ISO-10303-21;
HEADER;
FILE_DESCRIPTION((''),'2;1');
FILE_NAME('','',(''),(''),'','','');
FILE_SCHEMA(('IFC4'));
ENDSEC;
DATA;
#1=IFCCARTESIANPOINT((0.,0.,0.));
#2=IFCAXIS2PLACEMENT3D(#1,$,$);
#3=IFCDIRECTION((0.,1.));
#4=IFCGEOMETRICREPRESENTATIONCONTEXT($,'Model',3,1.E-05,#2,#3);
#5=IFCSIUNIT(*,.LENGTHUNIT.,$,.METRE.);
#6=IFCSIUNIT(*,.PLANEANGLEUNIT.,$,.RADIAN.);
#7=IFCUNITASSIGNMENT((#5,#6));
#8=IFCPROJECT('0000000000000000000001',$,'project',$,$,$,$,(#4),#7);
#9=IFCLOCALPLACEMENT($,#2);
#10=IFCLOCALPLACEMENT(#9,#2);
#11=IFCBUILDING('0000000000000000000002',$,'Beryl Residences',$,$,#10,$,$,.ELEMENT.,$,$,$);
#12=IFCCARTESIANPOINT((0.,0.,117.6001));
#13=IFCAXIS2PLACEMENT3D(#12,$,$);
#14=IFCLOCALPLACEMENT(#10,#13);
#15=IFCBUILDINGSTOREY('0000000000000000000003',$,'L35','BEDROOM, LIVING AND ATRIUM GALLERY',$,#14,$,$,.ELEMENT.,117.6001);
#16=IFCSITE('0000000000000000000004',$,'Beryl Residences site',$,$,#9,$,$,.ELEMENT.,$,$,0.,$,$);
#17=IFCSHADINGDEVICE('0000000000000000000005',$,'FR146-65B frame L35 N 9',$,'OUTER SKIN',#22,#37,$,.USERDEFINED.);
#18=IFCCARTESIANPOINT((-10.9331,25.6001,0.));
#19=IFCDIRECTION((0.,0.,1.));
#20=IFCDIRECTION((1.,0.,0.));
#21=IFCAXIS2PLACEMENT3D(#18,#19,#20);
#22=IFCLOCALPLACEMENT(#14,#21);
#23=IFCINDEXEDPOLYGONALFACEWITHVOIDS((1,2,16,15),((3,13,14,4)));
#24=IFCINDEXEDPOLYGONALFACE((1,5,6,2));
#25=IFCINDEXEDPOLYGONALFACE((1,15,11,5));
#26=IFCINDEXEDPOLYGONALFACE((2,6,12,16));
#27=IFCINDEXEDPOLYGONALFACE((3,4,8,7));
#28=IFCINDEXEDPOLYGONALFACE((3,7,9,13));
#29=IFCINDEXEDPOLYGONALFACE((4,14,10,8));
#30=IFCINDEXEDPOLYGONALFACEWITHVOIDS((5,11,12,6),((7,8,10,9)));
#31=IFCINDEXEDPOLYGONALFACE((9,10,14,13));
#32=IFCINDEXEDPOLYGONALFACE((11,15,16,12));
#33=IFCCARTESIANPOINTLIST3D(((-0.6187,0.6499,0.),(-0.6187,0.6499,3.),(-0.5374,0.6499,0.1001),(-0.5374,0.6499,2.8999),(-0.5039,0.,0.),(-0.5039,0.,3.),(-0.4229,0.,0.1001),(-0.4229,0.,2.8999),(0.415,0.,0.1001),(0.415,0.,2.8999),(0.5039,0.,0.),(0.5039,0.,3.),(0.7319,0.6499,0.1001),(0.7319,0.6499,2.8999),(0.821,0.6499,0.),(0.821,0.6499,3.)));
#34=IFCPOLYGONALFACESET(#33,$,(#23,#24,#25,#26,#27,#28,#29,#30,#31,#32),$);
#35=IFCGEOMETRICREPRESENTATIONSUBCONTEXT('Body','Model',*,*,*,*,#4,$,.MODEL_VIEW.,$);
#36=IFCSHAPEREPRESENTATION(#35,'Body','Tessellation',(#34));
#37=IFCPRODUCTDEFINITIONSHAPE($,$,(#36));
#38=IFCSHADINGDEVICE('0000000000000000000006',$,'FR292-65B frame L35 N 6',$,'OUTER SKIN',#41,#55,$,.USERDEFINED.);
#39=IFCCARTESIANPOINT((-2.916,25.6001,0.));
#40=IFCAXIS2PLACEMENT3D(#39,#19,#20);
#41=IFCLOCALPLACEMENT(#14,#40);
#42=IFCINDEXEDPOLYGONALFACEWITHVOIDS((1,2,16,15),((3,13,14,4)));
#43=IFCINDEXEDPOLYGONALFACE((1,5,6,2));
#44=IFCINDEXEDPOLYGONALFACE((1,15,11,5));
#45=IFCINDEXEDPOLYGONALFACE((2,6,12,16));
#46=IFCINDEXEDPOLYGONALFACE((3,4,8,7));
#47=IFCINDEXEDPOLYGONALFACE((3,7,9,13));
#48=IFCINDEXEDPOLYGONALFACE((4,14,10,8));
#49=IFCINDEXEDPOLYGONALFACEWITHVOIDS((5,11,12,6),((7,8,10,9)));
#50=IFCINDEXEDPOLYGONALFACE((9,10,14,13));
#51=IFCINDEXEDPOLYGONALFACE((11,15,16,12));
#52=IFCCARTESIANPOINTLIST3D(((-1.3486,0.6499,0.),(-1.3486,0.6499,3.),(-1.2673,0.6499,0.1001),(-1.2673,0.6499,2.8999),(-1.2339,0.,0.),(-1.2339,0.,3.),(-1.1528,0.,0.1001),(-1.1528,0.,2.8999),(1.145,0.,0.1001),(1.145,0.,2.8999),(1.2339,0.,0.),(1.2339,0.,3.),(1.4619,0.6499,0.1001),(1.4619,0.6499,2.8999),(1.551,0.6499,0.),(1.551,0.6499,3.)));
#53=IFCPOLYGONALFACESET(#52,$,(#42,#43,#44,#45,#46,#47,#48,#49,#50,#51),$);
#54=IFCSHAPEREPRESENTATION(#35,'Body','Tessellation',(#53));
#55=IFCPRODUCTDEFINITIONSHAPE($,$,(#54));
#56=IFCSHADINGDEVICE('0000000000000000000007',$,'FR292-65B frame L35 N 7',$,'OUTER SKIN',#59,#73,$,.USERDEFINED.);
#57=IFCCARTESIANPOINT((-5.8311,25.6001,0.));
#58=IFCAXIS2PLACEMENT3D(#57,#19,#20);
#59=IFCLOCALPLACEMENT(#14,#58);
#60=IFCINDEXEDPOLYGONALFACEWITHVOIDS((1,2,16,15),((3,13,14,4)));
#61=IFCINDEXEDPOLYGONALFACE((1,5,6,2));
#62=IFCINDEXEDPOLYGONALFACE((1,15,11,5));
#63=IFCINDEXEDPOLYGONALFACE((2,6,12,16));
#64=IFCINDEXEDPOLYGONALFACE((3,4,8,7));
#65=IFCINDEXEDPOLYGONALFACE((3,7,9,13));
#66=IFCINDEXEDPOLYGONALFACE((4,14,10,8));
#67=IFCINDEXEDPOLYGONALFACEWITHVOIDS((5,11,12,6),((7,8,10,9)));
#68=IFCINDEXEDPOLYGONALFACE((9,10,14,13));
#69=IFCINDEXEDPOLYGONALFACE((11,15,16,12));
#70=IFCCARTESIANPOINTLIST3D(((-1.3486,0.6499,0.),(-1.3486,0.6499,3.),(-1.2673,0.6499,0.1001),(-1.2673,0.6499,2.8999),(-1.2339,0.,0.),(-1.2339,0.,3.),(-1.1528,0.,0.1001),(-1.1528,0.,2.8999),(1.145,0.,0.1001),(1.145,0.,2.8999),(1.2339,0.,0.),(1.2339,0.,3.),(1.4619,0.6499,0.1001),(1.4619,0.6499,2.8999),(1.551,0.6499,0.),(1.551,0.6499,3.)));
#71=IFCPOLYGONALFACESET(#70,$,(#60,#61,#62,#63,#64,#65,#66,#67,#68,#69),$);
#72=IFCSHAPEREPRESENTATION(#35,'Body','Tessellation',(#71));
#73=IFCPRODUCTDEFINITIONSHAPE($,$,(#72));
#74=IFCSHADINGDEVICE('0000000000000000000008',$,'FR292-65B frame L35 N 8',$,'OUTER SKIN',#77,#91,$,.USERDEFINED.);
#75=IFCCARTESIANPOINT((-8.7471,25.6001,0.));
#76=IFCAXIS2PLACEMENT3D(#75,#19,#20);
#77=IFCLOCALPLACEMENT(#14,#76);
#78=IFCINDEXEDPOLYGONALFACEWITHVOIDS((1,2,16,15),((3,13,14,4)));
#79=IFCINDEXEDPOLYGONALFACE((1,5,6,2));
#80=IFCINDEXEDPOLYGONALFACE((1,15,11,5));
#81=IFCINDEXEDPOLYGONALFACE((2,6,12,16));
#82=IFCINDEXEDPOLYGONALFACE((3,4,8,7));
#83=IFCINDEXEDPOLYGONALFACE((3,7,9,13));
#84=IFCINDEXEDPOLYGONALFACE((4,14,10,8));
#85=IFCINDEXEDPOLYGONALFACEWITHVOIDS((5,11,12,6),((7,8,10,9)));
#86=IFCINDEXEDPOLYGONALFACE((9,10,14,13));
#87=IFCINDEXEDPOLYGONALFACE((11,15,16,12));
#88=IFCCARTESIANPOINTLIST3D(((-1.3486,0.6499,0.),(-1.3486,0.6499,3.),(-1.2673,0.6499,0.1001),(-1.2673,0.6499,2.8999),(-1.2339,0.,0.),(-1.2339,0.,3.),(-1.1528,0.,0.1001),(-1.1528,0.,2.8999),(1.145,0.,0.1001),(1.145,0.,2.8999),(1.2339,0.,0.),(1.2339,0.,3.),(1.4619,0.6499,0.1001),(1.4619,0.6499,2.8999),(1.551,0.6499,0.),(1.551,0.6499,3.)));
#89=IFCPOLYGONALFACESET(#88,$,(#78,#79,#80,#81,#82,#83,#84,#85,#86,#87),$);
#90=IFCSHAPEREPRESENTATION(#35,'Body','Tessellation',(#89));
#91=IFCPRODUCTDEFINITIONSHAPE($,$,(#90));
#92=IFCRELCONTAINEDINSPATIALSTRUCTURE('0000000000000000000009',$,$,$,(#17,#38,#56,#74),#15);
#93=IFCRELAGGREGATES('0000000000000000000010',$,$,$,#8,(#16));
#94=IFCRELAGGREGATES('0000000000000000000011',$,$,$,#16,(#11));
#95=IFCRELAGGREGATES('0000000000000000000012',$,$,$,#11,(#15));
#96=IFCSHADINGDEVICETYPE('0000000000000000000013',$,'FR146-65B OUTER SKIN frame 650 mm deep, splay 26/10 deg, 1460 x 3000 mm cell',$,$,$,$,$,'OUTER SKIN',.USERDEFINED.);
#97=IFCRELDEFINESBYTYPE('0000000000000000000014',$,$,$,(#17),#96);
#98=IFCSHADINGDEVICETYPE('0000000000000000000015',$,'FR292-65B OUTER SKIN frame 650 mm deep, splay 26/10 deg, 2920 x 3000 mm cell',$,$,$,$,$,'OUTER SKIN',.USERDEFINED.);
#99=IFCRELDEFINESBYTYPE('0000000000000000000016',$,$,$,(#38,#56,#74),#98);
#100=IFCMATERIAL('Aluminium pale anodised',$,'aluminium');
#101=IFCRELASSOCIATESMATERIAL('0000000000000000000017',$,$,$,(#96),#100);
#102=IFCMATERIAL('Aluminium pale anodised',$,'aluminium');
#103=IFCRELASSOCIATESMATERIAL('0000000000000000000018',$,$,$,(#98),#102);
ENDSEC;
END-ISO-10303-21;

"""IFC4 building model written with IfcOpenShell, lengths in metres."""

from ifc_helpers import new_model, entity, si_unit, direction, frame, origin, place, context, subcontext, project, spatial, source, transform, mapped, material, type_object, type_shapes, element, save


model = new_model("IFC4")

# Units and contexts
model_context = context("Model", 3, precision=1e-05, world=origin(), true_north=direction((0.0, 1.0)))
body_context = subcontext(model_context, "Body", "Model", "MODEL_VIEW")
ifc_project = project(units=[si_unit("LENGTHUNIT", "METRE"), si_unit("PLANEANGLEUNIT", "RADIAN")], contexts=[model_context])

# Site, building, storey
site_placement = place(None, origin())
site = spatial("IfcSite", under=ifc_project, at=site_placement, Name="Beryl Residences site", CompositionType="ELEMENT", RefElevation=0.0)
building_placement = place(site_placement, origin())
building = spatial("IfcBuilding", under=site, at=building_placement, Name="Beryl Residences", CompositionType="ELEMENT")
storey_placement = place(building_placement, frame((0.0, 0.0, 117.6001)))
storey = spatial("IfcBuildingStorey", under=building, at=storey_placement, Name="L35", Description="BEDROOM, LIVING AND ATRIUM GALLERY", CompositionType="ELEMENT", Elevation=117.6001)

# Shading devices
ifc_material_1 = material(Name="Aluminium pale anodised", Category="aluminium")
shading_device_type_1 = type_object("IfcShadingDeviceType", Name="FR146-65B OUTER SKIN frame 650 mm deep, splay 26/10 deg, 1460 x 3000 mm cell", ElementType="OUTER SKIN", PredefinedType="USERDEFINED", material=ifc_material_1)
cartesian_point_1 = entity("IfcCartesianPoint", [-0.5039, 0.0])
cartesian_point_2 = entity("IfcCartesianPoint", [-0.415, 0.1001])
cartesian_point_3 = entity("IfcCartesianPoint", [-0.821, 0.0])
cartesian_point_4 = entity("IfcCartesianPoint", [-0.7319, 0.1001])
shared_shape_1 = source(origin(), body_context, "Body", "SweptSolid", [
    entity("IfcExtrudedAreaSolidTapered", entity("IfcArbitraryProfileDefWithVoids", "AREA", None, entity("IfcPolyline", [cartesian_point_1, entity("IfcCartesianPoint", [0.5039, 0.0]), entity("IfcCartesianPoint", [0.5039, 3.0]), entity("IfcCartesianPoint", [-0.5039, 3.0]), cartesian_point_1]), [entity("IfcPolyline", [cartesian_point_2, entity("IfcCartesianPoint", [0.4229, 0.1001]), entity("IfcCartesianPoint", [0.4229, 2.8999]), entity("IfcCartesianPoint", [-0.415, 2.8999]), cartesian_point_2])]), entity("IfcAxis2Placement3D", entity("IfcCartesianPoint", [0.0, 0.0, 0.0]), entity("IfcDirection", [0.0, 1.0, 0.0]), entity("IfcDirection", [-1.0, 0.0, 0.0])), entity("IfcDirection", [0.0, 0.0, 1.0]), 0.6499, entity("IfcArbitraryProfileDefWithVoids", "AREA", None, entity("IfcPolyline", [cartesian_point_3, entity("IfcCartesianPoint", [0.6187, 0.0]), entity("IfcCartesianPoint", [0.6187, 3.0]), entity("IfcCartesianPoint", [-0.821, 3.0]), cartesian_point_3]), [entity("IfcPolyline", [cartesian_point_4, entity("IfcCartesianPoint", [0.5374, 0.1001]), entity("IfcCartesianPoint", [0.5374, 2.8999]), entity("IfcCartesianPoint", [-0.7319, 2.8999]), cartesian_point_4])])),
])
type_shapes(shading_device_type_1, [shared_shape_1])
shading_device_placement = place(storey_placement, frame((-10.9331, 25.6001, 0.0), z_axis=(0.0, 0.0, 1.0), x_axis=(1.0, 0.0, 0.0)))
element("IfcShadingDevice", 1, at=shading_device_placement, inside=storey, type_object=shading_device_type_1, Name="FR146-65B frame L35 N 9", ObjectType="OUTER SKIN", PredefinedType="USERDEFINED", context=body_context, shape_type="MappedRepresentation", body=[
    mapped(shared_shape_1, transform((0.0, 0.0, 0.0))),
])
ifc_material_2 = material(Name="Aluminium pale anodised", Category="aluminium")
shading_device_type_2 = type_object("IfcShadingDeviceType", Name="FR292-65B OUTER SKIN frame 650 mm deep, splay 26/10 deg, 2920 x 3000 mm cell", ElementType="OUTER SKIN", PredefinedType="USERDEFINED", material=ifc_material_2)
cartesian_point_5 = entity("IfcCartesianPoint", [-1.2339, 0.0])
cartesian_point_6 = entity("IfcCartesianPoint", [-1.145, 0.1001])
cartesian_point_7 = entity("IfcCartesianPoint", [-1.551, 0.0])
cartesian_point_8 = entity("IfcCartesianPoint", [-1.4619, 0.1001])
shared_shape_2 = source(origin(), body_context, "Body", "SweptSolid", [
    entity("IfcExtrudedAreaSolidTapered", entity("IfcArbitraryProfileDefWithVoids", "AREA", None, entity("IfcPolyline", [cartesian_point_5, entity("IfcCartesianPoint", [1.2339, 0.0]), entity("IfcCartesianPoint", [1.2339, 3.0]), entity("IfcCartesianPoint", [-1.2339, 3.0]), cartesian_point_5]), [entity("IfcPolyline", [cartesian_point_6, entity("IfcCartesianPoint", [1.1528, 0.1001]), entity("IfcCartesianPoint", [1.1528, 2.8999]), entity("IfcCartesianPoint", [-1.145, 2.8999]), cartesian_point_6])]), entity("IfcAxis2Placement3D", entity("IfcCartesianPoint", [0.0, 0.0, 0.0]), entity("IfcDirection", [0.0, 1.0, 0.0]), entity("IfcDirection", [-1.0, 0.0, 0.0])), entity("IfcDirection", [0.0, 0.0, 1.0]), 0.6499, entity("IfcArbitraryProfileDefWithVoids", "AREA", None, entity("IfcPolyline", [cartesian_point_7, entity("IfcCartesianPoint", [1.3486, 0.0]), entity("IfcCartesianPoint", [1.3486, 3.0]), entity("IfcCartesianPoint", [-1.551, 3.0]), cartesian_point_7]), [entity("IfcPolyline", [cartesian_point_8, entity("IfcCartesianPoint", [1.2673, 0.1001]), entity("IfcCartesianPoint", [1.2673, 2.8999]), entity("IfcCartesianPoint", [-1.4619, 2.8999]), cartesian_point_8])])),
])
type_shapes(shading_device_type_2, [shared_shape_2])
for number, where, z_axis, x_axis, name in (
    (2, (-2.916, 25.6001, 0.0), (0.0, 0.0, 1.0), (1.0, 0.0, 0.0), "FR292-65B frame L35 N 6"),
    (3, (-5.8311, 25.6001, 0.0), (0.0, 0.0, 1.0), (1.0, 0.0, 0.0), "FR292-65B frame L35 N 7"),
    (4, (-8.7471, 25.6001, 0.0), (0.0, 0.0, 1.0), (1.0, 0.0, 0.0), "FR292-65B frame L35 N 8"),
):
    element("IfcShadingDevice", number, at=place(storey_placement, frame(where, z_axis=z_axis, x_axis=x_axis)), inside=storey, type_object=shading_device_type_2, Name=name, ObjectType="OUTER SKIN", PredefinedType="USERDEFINED", context=body_context, shape_type="MappedRepresentation", body=[
        mapped(shared_shape_2, transform((0.0, 0.0, 0.0))),
    ])

save(model, "model.ifc")
